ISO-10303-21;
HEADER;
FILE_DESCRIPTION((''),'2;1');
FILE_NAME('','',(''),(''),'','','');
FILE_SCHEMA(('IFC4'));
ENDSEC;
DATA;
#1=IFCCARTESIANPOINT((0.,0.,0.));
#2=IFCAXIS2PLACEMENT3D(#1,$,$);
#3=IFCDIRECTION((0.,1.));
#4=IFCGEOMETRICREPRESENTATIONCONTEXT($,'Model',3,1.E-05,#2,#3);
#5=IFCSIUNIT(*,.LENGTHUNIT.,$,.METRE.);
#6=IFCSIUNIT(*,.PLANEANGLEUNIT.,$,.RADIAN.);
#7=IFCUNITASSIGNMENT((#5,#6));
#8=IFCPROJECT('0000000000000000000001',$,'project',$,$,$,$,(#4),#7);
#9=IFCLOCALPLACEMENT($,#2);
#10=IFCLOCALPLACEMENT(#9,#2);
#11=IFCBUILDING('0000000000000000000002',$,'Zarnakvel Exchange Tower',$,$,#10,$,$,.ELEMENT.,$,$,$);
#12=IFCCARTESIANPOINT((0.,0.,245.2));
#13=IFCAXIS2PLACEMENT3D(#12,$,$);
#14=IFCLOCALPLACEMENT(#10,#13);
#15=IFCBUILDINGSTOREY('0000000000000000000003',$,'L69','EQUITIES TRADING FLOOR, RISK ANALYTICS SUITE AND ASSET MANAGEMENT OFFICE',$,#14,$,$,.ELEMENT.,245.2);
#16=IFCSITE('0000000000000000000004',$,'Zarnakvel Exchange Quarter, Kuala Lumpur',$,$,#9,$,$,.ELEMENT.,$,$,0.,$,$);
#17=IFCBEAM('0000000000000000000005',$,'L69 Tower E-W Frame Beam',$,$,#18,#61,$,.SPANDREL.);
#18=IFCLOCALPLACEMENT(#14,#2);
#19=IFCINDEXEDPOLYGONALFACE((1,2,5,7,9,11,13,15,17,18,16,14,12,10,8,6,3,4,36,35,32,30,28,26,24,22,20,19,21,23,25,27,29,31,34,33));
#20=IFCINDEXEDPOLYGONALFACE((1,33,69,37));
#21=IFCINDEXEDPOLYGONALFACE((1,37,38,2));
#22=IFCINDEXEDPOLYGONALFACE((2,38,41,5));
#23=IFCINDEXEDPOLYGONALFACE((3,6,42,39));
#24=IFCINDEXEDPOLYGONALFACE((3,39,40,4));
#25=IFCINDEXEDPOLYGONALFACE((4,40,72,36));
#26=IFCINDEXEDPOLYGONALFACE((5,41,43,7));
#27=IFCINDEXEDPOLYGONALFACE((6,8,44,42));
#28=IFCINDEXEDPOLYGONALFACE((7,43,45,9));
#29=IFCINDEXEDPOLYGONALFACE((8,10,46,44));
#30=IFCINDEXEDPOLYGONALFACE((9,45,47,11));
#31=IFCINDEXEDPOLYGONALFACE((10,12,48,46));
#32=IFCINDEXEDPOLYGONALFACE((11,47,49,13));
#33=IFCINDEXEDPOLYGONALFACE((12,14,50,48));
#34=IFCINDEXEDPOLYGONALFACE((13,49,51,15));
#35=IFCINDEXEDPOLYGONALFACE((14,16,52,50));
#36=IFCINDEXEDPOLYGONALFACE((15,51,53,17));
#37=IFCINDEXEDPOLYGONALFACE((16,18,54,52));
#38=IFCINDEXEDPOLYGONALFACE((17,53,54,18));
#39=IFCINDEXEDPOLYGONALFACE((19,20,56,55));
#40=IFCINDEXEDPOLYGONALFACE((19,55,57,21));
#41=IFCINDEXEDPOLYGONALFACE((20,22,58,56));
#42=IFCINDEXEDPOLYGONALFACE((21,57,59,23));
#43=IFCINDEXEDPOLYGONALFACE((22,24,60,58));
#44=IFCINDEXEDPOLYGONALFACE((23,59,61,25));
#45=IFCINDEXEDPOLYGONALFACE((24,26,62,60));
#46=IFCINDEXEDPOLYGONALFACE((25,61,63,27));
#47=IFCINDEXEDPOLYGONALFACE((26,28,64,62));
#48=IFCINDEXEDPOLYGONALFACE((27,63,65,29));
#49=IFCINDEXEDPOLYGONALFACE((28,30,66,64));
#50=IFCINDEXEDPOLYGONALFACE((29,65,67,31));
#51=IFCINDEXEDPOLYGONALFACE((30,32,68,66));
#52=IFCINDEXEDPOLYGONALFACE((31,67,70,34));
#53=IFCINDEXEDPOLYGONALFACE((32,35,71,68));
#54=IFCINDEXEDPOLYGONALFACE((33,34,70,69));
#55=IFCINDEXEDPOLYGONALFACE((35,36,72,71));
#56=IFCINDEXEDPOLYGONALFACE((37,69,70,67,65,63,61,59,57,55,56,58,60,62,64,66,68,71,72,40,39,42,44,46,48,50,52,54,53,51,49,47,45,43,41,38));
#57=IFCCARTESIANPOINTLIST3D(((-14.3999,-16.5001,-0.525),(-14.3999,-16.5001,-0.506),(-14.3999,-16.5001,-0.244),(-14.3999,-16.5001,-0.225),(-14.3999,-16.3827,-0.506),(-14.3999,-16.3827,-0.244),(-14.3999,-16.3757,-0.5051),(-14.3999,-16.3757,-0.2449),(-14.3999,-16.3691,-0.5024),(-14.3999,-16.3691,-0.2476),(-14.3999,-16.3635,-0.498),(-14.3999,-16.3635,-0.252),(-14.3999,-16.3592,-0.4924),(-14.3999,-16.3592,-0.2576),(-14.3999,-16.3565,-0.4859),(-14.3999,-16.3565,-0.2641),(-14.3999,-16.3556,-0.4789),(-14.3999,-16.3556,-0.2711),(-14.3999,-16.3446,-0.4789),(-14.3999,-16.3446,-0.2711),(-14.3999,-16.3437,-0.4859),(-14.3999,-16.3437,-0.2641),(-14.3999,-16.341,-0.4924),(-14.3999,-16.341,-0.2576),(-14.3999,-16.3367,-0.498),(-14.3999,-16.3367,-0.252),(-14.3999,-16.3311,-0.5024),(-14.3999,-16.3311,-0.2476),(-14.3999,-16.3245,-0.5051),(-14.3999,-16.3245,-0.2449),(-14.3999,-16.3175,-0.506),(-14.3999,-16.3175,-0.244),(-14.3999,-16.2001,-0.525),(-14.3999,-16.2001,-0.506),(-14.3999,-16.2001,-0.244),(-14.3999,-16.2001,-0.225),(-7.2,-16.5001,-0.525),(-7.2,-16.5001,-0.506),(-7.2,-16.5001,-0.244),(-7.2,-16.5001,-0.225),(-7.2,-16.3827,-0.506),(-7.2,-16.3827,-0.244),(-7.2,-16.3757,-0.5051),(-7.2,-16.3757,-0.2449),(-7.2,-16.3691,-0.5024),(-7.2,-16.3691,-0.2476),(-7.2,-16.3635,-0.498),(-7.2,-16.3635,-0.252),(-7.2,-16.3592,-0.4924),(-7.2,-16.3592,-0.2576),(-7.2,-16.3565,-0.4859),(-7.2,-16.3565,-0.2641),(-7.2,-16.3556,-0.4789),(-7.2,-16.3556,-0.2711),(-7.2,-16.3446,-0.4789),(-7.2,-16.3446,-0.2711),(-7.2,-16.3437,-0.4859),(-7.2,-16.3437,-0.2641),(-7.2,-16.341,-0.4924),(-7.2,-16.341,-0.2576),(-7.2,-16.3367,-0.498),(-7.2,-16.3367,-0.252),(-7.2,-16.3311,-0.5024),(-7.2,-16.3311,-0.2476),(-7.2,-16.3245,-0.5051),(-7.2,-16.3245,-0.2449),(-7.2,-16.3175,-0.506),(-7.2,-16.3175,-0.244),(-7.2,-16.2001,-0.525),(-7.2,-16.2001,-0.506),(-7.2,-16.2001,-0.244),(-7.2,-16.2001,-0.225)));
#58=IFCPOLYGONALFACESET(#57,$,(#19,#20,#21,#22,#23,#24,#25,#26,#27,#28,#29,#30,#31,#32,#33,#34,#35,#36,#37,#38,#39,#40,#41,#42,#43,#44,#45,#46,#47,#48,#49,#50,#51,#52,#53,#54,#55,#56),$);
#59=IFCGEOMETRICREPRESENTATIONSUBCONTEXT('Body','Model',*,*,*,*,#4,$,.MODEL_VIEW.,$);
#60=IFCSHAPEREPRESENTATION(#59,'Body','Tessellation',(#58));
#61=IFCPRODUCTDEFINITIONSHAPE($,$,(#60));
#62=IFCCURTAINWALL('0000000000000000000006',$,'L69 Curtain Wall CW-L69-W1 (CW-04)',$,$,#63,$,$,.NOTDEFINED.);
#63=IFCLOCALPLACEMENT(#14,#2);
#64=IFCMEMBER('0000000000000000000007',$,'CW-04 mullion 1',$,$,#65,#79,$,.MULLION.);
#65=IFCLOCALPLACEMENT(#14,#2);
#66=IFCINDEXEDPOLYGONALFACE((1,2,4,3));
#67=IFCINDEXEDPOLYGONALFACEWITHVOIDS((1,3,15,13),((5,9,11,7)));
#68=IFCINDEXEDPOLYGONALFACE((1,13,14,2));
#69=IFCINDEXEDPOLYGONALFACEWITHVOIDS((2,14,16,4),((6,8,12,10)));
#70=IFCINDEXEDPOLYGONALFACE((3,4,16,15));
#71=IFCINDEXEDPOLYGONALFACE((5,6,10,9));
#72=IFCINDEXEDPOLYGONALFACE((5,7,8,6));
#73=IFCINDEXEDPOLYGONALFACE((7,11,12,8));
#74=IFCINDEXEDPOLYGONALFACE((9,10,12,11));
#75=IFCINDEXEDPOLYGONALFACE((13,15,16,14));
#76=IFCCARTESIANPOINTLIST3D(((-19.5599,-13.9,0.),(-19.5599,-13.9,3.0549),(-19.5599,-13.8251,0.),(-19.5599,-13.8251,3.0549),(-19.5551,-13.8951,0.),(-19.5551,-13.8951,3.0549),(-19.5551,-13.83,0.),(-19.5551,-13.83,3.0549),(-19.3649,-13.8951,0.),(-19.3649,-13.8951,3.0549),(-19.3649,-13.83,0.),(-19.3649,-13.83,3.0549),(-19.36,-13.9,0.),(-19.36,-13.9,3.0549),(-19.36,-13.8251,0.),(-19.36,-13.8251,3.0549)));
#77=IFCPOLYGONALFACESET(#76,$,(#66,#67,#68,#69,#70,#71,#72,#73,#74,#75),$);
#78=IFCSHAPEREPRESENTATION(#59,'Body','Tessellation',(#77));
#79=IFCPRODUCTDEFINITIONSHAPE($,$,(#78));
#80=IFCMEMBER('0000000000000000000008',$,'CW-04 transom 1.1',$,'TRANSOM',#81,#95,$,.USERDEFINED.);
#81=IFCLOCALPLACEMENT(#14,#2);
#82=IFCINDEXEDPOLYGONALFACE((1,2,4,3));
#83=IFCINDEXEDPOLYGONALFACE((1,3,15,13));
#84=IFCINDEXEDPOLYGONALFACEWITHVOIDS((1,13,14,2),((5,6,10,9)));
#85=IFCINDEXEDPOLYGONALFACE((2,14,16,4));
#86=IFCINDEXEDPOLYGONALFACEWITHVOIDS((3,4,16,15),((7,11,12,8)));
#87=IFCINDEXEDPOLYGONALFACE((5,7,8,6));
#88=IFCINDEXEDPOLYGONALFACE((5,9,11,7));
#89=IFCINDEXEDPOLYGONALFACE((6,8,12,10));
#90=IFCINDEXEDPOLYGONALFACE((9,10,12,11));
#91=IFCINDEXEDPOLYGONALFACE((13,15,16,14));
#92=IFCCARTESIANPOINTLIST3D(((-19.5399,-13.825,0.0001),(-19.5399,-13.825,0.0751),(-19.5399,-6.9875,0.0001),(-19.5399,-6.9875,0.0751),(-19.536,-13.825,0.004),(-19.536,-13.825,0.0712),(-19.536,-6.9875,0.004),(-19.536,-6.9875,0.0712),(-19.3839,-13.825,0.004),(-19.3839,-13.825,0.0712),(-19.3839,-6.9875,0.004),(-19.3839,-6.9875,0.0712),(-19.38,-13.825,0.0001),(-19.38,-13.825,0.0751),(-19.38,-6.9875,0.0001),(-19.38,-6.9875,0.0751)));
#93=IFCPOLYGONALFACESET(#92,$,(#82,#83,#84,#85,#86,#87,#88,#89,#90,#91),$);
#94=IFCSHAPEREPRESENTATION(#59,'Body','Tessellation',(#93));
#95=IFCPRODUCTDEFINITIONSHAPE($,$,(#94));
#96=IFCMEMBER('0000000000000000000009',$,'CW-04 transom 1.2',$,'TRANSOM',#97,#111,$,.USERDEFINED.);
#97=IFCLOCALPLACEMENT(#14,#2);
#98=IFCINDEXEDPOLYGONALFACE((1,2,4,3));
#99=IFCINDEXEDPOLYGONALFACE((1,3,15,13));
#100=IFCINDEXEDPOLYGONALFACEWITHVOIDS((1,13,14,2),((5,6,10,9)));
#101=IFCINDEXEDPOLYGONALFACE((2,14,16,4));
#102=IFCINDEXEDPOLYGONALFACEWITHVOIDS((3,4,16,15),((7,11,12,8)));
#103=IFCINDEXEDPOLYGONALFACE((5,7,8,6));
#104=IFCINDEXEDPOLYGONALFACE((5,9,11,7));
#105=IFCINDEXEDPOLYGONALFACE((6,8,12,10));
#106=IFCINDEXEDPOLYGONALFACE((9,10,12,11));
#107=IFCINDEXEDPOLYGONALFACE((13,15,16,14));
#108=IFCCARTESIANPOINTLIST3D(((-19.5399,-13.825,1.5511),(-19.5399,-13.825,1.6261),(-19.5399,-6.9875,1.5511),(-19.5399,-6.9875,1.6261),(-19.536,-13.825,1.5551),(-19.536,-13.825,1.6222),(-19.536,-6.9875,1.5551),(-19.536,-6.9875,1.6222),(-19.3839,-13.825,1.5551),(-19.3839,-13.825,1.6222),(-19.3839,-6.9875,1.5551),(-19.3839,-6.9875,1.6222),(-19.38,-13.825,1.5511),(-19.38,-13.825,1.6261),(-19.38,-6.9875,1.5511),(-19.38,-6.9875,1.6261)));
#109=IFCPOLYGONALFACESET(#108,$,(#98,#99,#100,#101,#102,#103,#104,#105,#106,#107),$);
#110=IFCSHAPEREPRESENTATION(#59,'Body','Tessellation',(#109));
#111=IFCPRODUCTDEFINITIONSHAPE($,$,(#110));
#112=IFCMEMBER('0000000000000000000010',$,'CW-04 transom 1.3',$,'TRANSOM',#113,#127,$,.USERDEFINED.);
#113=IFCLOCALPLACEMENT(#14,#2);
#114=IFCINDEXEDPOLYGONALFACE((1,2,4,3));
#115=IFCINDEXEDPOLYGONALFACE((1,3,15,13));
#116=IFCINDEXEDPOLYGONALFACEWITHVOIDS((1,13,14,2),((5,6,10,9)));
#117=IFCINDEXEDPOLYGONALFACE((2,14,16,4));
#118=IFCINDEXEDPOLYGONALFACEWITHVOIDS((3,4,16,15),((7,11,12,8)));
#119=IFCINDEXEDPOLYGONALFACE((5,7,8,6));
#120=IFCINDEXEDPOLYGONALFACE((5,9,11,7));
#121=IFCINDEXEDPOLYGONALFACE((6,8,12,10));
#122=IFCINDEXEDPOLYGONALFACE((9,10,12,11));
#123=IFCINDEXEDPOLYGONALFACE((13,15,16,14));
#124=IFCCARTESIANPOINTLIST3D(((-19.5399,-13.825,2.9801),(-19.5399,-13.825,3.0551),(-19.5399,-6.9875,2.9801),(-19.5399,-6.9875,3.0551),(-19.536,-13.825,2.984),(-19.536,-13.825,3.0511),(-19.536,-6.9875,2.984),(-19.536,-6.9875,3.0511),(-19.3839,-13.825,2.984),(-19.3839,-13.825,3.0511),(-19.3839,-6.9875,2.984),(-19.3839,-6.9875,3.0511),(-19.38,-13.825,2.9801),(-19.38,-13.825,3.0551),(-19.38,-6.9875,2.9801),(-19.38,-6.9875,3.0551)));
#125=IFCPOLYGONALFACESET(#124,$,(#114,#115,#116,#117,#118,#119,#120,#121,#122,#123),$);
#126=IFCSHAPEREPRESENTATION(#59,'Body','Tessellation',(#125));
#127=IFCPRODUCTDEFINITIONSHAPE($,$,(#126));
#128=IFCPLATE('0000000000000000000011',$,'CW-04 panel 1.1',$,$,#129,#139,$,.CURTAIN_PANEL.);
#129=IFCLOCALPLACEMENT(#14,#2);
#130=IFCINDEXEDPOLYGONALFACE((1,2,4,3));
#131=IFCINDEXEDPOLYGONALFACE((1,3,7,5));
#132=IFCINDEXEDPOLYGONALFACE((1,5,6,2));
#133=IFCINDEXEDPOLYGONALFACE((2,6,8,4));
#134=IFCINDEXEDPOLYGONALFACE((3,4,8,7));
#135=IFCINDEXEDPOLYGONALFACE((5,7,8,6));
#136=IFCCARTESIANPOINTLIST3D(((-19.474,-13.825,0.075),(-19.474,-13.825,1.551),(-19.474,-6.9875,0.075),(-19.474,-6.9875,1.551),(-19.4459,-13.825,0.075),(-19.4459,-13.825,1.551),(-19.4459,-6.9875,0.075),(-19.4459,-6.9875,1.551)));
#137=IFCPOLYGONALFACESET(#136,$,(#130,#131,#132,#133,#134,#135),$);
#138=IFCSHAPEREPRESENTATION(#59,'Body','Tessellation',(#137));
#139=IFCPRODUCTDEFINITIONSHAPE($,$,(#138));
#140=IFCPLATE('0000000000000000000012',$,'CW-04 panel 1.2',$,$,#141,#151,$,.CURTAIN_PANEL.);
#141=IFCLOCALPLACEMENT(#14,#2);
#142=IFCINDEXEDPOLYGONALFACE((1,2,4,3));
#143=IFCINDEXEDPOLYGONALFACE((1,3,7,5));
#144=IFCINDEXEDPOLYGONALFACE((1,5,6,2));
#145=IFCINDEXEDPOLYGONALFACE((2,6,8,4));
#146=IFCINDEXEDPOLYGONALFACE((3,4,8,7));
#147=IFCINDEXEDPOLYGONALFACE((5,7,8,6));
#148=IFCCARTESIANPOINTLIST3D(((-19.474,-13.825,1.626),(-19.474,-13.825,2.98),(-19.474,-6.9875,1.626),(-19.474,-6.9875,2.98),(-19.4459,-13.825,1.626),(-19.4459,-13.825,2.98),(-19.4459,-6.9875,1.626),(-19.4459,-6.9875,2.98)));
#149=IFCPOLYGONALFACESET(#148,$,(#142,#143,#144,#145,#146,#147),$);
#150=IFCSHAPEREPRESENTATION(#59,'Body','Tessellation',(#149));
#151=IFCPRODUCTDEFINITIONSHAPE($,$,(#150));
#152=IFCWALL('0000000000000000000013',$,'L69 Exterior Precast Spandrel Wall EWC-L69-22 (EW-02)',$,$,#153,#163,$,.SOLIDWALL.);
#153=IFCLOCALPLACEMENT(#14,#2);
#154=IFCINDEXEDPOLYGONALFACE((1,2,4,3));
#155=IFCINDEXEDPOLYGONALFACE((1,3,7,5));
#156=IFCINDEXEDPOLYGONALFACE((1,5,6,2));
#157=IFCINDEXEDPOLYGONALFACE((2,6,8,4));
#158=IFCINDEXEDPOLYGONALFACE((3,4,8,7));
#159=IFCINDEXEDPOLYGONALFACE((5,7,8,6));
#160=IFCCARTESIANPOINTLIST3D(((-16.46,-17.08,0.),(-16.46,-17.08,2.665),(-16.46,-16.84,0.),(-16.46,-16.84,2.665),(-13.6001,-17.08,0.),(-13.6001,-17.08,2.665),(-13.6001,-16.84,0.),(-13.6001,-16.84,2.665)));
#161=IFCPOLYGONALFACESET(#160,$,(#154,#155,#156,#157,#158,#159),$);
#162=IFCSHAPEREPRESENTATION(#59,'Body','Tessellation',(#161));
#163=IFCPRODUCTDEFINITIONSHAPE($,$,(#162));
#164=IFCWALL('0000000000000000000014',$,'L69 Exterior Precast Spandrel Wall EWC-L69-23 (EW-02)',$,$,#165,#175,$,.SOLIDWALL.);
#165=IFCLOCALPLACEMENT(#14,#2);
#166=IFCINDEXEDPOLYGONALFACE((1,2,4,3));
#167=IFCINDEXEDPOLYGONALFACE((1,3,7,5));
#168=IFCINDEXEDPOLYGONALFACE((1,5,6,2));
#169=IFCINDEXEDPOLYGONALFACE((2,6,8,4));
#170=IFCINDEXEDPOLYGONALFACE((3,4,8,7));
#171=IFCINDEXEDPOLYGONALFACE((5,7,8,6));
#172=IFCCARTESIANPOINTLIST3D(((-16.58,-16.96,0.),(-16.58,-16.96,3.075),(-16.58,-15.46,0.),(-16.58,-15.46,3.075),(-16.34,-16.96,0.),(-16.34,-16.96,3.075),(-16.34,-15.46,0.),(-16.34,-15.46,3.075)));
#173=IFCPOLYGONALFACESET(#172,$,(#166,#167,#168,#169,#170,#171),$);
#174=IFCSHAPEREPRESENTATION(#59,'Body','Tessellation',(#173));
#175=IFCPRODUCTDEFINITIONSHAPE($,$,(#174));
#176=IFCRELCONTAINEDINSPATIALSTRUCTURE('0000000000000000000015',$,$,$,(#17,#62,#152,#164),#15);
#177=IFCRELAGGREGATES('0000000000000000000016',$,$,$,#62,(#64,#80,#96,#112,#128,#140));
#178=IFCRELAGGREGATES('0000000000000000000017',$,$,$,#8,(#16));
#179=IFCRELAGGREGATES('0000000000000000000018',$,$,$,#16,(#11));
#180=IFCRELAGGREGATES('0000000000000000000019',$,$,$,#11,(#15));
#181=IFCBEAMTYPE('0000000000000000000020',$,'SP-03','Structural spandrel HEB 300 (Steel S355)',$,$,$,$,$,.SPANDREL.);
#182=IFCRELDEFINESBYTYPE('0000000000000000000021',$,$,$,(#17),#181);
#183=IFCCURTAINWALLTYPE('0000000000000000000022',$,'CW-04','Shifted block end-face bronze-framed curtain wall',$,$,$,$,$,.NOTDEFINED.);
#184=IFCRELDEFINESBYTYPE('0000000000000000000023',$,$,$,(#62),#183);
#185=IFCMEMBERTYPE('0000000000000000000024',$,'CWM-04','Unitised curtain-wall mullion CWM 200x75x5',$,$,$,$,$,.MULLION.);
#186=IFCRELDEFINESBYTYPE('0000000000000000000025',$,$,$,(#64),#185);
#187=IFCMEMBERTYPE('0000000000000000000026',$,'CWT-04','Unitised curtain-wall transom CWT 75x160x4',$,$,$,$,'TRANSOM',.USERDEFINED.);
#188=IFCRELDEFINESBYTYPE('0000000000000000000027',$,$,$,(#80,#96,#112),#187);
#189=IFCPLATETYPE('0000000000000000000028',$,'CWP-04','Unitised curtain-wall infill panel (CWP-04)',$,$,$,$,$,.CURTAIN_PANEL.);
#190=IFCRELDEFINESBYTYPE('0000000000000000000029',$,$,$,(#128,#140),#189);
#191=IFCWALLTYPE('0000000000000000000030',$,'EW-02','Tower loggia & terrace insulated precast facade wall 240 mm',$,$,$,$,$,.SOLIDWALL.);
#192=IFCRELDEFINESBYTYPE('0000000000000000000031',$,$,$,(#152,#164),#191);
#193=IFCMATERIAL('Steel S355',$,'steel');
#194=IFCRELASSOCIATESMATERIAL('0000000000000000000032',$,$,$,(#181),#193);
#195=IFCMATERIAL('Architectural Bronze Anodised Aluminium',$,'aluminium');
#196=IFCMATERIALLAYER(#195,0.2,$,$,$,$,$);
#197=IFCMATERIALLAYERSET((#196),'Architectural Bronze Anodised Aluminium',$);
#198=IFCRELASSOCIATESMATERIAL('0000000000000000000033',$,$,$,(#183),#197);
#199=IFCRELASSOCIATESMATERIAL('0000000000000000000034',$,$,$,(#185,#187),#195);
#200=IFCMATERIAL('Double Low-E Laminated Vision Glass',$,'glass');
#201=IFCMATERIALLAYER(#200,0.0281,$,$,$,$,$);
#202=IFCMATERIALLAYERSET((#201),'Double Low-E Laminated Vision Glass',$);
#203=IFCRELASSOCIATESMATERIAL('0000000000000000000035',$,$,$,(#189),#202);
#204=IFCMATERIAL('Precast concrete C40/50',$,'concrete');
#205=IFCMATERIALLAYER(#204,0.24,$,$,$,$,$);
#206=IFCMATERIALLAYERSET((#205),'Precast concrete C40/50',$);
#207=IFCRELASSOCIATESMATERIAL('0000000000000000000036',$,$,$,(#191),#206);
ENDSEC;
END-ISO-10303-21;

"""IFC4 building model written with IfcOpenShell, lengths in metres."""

from ifc_helpers import new_model, si_unit, direction, frame, frame_2d, origin, origin_2d, place, context, subcontext, project, spatial, rectangle, hollow_rectangle, i_section, extrude, source, transform, mapped, material, layer, layer_set, material_profile, profile_set, type_object, element, aggregate, save


model = new_model("IFC4")

# Units and contexts
model_context = context("Model", 3, precision=1e-05, world=origin(), true_north=direction((0.0, 1.0)))
body_context = subcontext(model_context, "Body", "Model", "MODEL_VIEW")
ifc_project = project(units=[si_unit("LENGTHUNIT", "METRE"), si_unit("PLANEANGLEUNIT", "RADIAN")], contexts=[model_context])

# Site, building, storey
site_placement = place(None, origin())
site = spatial("IfcSite", under=ifc_project, at=site_placement, Name="Zarnakvel Exchange Quarter, Kuala Lumpur", CompositionType="ELEMENT", RefElevation=0.0)
building_placement = place(site_placement, origin())
building = spatial("IfcBuilding", under=site, at=building_placement, Name="Zarnakvel Exchange Tower", CompositionType="ELEMENT")
storey_placement = place(building_placement, frame((0.0, 0.0, 245.2)))
storey = spatial("IfcBuildingStorey", under=building, at=storey_placement, Name="L69", Description="EQUITIES TRADING FLOOR, RISK ANALYTICS SUITE AND ASSET MANAGEMENT OFFICE", CompositionType="ELEMENT", Elevation=245.2)

# Beam
ifc_material_1 = material(Name="Steel S355", Category="steel")
ifc_material_profile_1 = material_profile(ifc_material_1, i_section(OverallWidth=0.3, OverallDepth=0.3, WebThickness=0.011, FlangeThickness=0.019, FilletRadius=0.0271, at=origin_2d()))
ifc_profile_set_1 = profile_set([ifc_material_profile_1], Name="Steel S355")
beam_type_1 = type_object("IfcBeamType", Name="SP-03", Description="Structural spandrel HEB 300 (Steel S355)", PredefinedType="SPANDREL", material=ifc_profile_set_1)
beam_1_placement = place(storey_placement, frame((-14.3999, -16.3501, -0.375), z_axis=(1.0, 0.0, 0.0), x_axis=(0.0, 1.0, 0.0)))
element("IfcBeam", 1, at=beam_1_placement, inside=storey, type_object=beam_type_1, Name="L69 Tower E-W Frame Beam", PredefinedType="SPANDREL", context=body_context, shape_type="SweptSolid", body=[
    extrude(i_section(OverallWidth=0.3, OverallDepth=0.3, WebThickness=0.011, FlangeThickness=0.019, FilletRadius=0.0271, at=origin_2d()), origin(), (0.0, 0.0, 1.0), 7.2),
])

# Curtain wall, members, plates
ifc_material_2 = material(Name="Architectural Bronze Anodised Aluminium", Category="aluminium")
ifc_layer_1 = layer(ifc_material_2, 0.2)
ifc_layer_set_1 = layer_set([ifc_layer_1], Name="Architectural Bronze Anodised Aluminium")
curtain_wall_type = type_object("IfcCurtainWallType", Name="CW-04", Description="Shifted block end-face bronze-framed curtain wall", PredefinedType="NOTDEFINED", material=ifc_layer_set_1)
curtain_wall_placement = place(storey_placement, origin())
curtain_wall = element("IfcCurtainWall", 2, at=curtain_wall_placement, inside=storey, type_object=curtain_wall_type, Name="L69 Curtain Wall CW-L69-W1 (CW-04)", PredefinedType="NOTDEFINED")
ifc_material_profile_2 = material_profile(ifc_material_2, hollow_rectangle(XDim=0.2, YDim=0.075, WallThickness=0.0049, at=origin_2d()))
ifc_profile_set_2 = profile_set([ifc_material_profile_2], Name="Architectural Bronze Anodised Aluminium")
member_type_1 = type_object("IfcMemberType", Name="CWM-04", Description="Unitised curtain-wall mullion CWM 200x75x5", PredefinedType="MULLION", material=ifc_profile_set_2)
shared_shape_1 = source(origin(), body_context, "Body", "SweptSolid", [
    extrude(hollow_rectangle(XDim=0.2, YDim=0.075, WallThickness=0.0049, at=origin_2d()), origin(), (0.0, 0.0, 1.0), 3.0549),
])
member_1_placement = place(storey_placement, frame((-19.46, -13.8625, 0.0), z_axis=(0.0, 0.0, 1.0), x_axis=(-1.0, 0.0, 0.0)))
member_1 = element("IfcMember", 3, at=member_1_placement, type_object=member_type_1, Name="CW-04 mullion 1", PredefinedType="MULLION", context=body_context, shape_type="MappedRepresentation", body=[
    mapped(shared_shape_1, transform((0.0, 0.0, 0.0), x_axis=(1.0, 0.0, 0.0), y_axis=(0.0, 1.0, 0.0), z_axis=(0.0, 0.0, 1.0), scale=1.0)),
])
ifc_material_profile_3 = material_profile(ifc_material_2, hollow_rectangle(XDim=0.1599, YDim=0.075, WallThickness=0.0039, at=origin_2d()))
ifc_profile_set_3 = profile_set([ifc_material_profile_3], Name="Architectural Bronze Anodised Aluminium")
member_type_2 = type_object("IfcMemberType", Name="CWT-04", Description="Unitised curtain-wall transom CWT 75x160x4", ElementType="TRANSOM", PredefinedType="USERDEFINED", material=ifc_profile_set_3)
shared_shape_2 = source(origin(), body_context, "Body", "SweptSolid", [
    extrude(hollow_rectangle(XDim=0.1599, YDim=0.075, WallThickness=0.0039, at=origin_2d()), origin(), (0.0, 0.0, 1.0), 6.8374),
])
member_2_placement = place(storey_placement, frame((-19.46, -13.825, 0.0376), z_axis=(0.0, 1.0, 0.0), x_axis=(-1.0, 0.0, 0.0)))
member_2 = element("IfcMember", 4, at=member_2_placement, type_object=member_type_2, Name="CW-04 transom 1.1", ObjectType="TRANSOM", PredefinedType="USERDEFINED", context=body_context, shape_type="MappedRepresentation", body=[
    mapped(shared_shape_2, transform((0.0, 0.0, 0.0), x_axis=(1.0, 0.0, 0.0), y_axis=(0.0, 1.0, 0.0), z_axis=(0.0, 0.0, 1.0), scale=1.0)),
])
member_3_placement = place(storey_placement, frame((-19.46, -13.825, 1.5886), z_axis=(0.0, 1.0, 0.0), x_axis=(-1.0, 0.0, 0.0)))
member_3 = element("IfcMember", 5, at=member_3_placement, type_object=member_type_2, Name="CW-04 transom 1.2", ObjectType="TRANSOM", PredefinedType="USERDEFINED", context=body_context, shape_type="MappedRepresentation", body=[
    mapped(shared_shape_2, transform((0.0, 0.0, 0.0), x_axis=(1.0, 0.0, 0.0), y_axis=(0.0, 1.0, 0.0), z_axis=(0.0, 0.0, 1.0), scale=1.0)),
])
member_4_placement = place(storey_placement, frame((-19.46, -13.825, 3.0176), z_axis=(0.0, 1.0, 0.0), x_axis=(-1.0, 0.0, 0.0)))
member_4 = element("IfcMember", 6, at=member_4_placement, type_object=member_type_2, Name="CW-04 transom 1.3", ObjectType="TRANSOM", PredefinedType="USERDEFINED", context=body_context, shape_type="MappedRepresentation", body=[
    mapped(shared_shape_2, transform((0.0, 0.0, 0.0), x_axis=(1.0, 0.0, 0.0), y_axis=(0.0, 1.0, 0.0), z_axis=(0.0, 0.0, 1.0), scale=1.0)),
])
ifc_material_3 = material(Name="Double Low-E Laminated Vision Glass", Category="glass")
ifc_layer_2 = layer(ifc_material_3, 0.0281)
ifc_layer_set_2 = layer_set([ifc_layer_2], Name="Double Low-E Laminated Vision Glass")
plate_type = type_object("IfcPlateType", Name="CWP-04", Description="Unitised curtain-wall infill panel (CWP-04)", PredefinedType="CURTAIN_PANEL", material=ifc_layer_set_2)
shared_shape_3 = source(origin(), body_context, "Body", "SweptSolid", [
    extrude(rectangle(XDim=6.8374, YDim=0.0281, at=origin_2d()), origin(), (0.0, 0.0, 1.0), 1.4761),
])
plate_1_placement = place(storey_placement, frame((-19.46, -10.4062, 0.075), z_axis=(0.0, 0.0, 1.0), x_axis=(0.0, 1.0, 0.0)))
plate_1 = element("IfcPlate", 7, at=plate_1_placement, type_object=plate_type, Name="CW-04 panel 1.1", PredefinedType="CURTAIN_PANEL", context=body_context, shape_type="MappedRepresentation", body=[
    mapped(shared_shape_3, transform((0.0, 0.0, 0.0), x_axis=(1.0, 0.0, 0.0), y_axis=(0.0, 1.0, 0.0), z_axis=(0.0, 0.0, 1.0), scale=1.0)),
])
shared_shape_4 = source(origin(), body_context, "Body", "SweptSolid", [
    extrude(rectangle(XDim=6.8374, YDim=0.0281, at=origin_2d()), origin(), (0.0, 0.0, 1.0), 1.354),
])
plate_2_placement = place(storey_placement, frame((-19.46, -10.4062, 1.626), z_axis=(0.0, 0.0, 1.0), x_axis=(0.0, 1.0, 0.0)))
plate_2 = element("IfcPlate", 8, at=plate_2_placement, type_object=plate_type, Name="CW-04 panel 1.2", PredefinedType="CURTAIN_PANEL", context=body_context, shape_type="MappedRepresentation", body=[
    mapped(shared_shape_4, transform((0.0, 0.0, 0.0), x_axis=(1.0, 0.0, 0.0), y_axis=(0.0, 1.0, 0.0), z_axis=(0.0, 0.0, 1.0), scale=1.0)),
])
aggregate(curtain_wall, [member_1, member_2, member_3, member_4, plate_1, plate_2])

# Walls
ifc_material_4 = material(Name="Precast concrete C40/50", Category="concrete")
ifc_layer_3 = layer(ifc_material_4, 0.24)
ifc_layer_set_3 = layer_set([ifc_layer_3], Name="Precast concrete C40/50")
wall_type_1 = type_object("IfcWallType", Name="EW-02", Description="Tower loggia & terrace insulated precast facade wall 240 mm", PredefinedType="SOLIDWALL", material=ifc_layer_set_3)
wall_1_placement = place(storey_placement, frame((-16.46, -16.96, 0.0), z_axis=(0.0, 0.0, 1.0), x_axis=(1.0, 0.0, 0.0)))
element("IfcWall", 9, at=wall_1_placement, inside=storey, type_object=wall_type_1, Name="L69 Exterior Precast Spandrel Wall EWC-L69-22 (EW-02)", PredefinedType="SOLIDWALL", context=body_context, shape_type="SweptSolid", body=[
    extrude(rectangle(XDim=2.8599, YDim=0.24, at=frame_2d((1.4299, 0.0))), origin(), (0.0, 0.0, 1.0), 2.665),
])
for number, where, z_axis, x_axis, name in (
    (10, (-16.46, -15.46, 0.0), (0.0, 0.0, 1.0), (0.0, -1.0, 0.0), "L69 Exterior Precast Spandrel Wall EWC-L69-23 (EW-02)"),
):
    element("IfcWall", number, at=place(storey_placement, frame(where, z_axis=z_axis, x_axis=x_axis)), inside=storey, type_object=wall_type_1, Name=name, PredefinedType="SOLIDWALL", context=body_context, shape_type="SweptSolid", body=[
        extrude(rectangle(XDim=1.5, YDim=0.24, at=frame_2d((0.75, 0.0))), origin(), (0.0, 0.0, 1.0), 3.075),
    ])

save(model, "model.ifc")
